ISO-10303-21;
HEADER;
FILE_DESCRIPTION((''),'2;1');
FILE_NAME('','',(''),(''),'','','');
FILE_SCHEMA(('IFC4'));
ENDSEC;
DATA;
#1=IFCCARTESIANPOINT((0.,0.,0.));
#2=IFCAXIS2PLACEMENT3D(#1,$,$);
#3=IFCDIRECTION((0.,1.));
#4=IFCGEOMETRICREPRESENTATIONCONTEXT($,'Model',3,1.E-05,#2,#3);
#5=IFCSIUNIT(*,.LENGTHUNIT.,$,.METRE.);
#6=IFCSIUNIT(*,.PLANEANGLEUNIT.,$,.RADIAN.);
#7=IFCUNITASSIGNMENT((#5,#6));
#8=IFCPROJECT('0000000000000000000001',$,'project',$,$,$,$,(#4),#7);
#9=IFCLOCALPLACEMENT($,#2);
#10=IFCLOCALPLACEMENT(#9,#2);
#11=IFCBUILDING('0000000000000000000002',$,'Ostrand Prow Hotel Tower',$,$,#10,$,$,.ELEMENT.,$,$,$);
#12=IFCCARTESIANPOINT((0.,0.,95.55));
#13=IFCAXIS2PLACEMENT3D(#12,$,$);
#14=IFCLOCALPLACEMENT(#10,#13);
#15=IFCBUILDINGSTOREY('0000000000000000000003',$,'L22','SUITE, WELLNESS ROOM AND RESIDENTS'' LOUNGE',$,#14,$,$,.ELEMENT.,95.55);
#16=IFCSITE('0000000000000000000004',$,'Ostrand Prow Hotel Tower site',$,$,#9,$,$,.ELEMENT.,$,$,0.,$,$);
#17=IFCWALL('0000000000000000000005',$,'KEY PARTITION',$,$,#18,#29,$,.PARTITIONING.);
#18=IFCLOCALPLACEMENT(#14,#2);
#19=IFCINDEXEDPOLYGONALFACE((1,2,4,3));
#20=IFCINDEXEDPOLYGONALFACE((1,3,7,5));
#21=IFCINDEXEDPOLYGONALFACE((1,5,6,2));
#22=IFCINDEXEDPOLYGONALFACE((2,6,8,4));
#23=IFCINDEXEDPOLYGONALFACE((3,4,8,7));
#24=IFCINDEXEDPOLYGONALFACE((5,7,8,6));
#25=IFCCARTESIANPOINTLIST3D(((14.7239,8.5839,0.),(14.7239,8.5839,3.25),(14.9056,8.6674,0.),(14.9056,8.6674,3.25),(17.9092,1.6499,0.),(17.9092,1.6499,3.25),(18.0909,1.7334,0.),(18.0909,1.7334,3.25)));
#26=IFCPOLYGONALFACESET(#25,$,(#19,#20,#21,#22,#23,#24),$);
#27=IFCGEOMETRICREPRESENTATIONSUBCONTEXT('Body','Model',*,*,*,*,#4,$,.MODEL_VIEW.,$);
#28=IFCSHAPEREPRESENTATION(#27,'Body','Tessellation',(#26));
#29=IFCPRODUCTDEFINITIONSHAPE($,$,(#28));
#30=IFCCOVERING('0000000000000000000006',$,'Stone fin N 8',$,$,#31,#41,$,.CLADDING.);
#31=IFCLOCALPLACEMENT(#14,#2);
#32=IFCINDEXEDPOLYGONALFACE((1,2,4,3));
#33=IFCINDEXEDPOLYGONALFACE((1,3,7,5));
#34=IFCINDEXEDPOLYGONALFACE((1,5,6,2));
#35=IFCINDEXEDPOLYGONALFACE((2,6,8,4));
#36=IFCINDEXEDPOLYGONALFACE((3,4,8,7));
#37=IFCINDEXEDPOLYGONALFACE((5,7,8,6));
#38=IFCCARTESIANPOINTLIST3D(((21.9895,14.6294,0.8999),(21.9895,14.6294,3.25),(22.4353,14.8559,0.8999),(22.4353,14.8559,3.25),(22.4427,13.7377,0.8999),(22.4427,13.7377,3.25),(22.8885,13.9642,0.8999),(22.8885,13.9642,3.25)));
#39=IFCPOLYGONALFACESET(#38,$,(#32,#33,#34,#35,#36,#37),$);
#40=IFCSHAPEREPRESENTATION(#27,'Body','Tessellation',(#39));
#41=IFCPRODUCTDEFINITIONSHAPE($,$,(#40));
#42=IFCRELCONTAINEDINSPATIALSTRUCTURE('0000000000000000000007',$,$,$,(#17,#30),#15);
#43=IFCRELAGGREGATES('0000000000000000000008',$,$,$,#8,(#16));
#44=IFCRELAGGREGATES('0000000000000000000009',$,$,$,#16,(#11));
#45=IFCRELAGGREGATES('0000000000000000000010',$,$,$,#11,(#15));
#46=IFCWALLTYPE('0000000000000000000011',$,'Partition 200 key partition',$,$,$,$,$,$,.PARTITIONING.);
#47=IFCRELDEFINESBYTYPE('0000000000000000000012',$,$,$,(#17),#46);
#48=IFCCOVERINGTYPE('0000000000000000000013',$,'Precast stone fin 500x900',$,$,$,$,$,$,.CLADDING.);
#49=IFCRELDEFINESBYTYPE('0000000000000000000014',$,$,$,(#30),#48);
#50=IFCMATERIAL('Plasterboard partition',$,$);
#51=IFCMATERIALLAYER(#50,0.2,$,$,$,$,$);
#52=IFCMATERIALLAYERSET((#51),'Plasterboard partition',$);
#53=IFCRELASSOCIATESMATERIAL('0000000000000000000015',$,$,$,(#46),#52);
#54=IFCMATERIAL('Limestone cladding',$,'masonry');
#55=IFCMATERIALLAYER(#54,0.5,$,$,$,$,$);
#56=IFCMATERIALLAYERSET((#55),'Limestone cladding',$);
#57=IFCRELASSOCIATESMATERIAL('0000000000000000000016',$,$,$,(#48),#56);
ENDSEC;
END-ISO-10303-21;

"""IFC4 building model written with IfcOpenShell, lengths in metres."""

from ifc_helpers import new_model, si_unit, direction, frame, frame_2d, origin, place, context, subcontext, project, spatial, rectangle, extrude, material, layer, layer_set, type_object, element, save


model = new_model("IFC4")

# Units and contexts
model_context = context("Model", 3, precision=1e-05, world=origin(), true_north=direction((0.0, 1.0)))
body_context = subcontext(model_context, "Body", "Model", "MODEL_VIEW")
ifc_project = project(units=[si_unit("LENGTHUNIT", "METRE"), si_unit("PLANEANGLEUNIT", "RADIAN")], contexts=[model_context])

# Site, building, storey
site_placement = place(None, origin())
site = spatial("IfcSite", under=ifc_project, at=site_placement, Name="Ostrand Prow Hotel Tower site", CompositionType="ELEMENT", RefElevation=0.0)
building_placement = place(site_placement, origin())
building = spatial("IfcBuilding", under=site, at=building_placement, Name="Ostrand Prow Hotel Tower", CompositionType="ELEMENT")
storey_placement = place(building_placement, frame((0.0, 0.0, 95.55)))
storey = spatial("IfcBuildingStorey", under=building, at=storey_placement, Name="L22", Description="SUITE, WELLNESS ROOM AND RESIDENTS' LOUNGE", CompositionType="ELEMENT", Elevation=95.55)

# Wall
ifc_material_1 = material(Name="Plasterboard partition")
ifc_layer_1 = layer(ifc_material_1, 0.2)
ifc_layer_set_1 = layer_set([ifc_layer_1], Name="Plasterboard partition")
wall_type_1 = type_object("IfcWallType", Name="Partition 200 key partition", PredefinedType="PARTITIONING", material=ifc_layer_set_1)
wall_1_placement = place(storey_placement, frame((14.8147, 8.6257, 0.0), z_axis=(0.0, 0.0, 1.0), x_axis=(0.417432, -0.908708, 0.0)))
element("IfcWall", 1, at=wall_1_placement, inside=storey, type_object=wall_type_1, Name="KEY PARTITION", PredefinedType="PARTITIONING", context=body_context, shape_type="SweptSolid", body=[
    extrude(rectangle(XDim=7.6306, YDim=0.2, at=frame_2d((3.8154, 0.0))), origin(), (0.0, 0.0, 1.0), 3.25),
])

# Covering
ifc_material_2 = material(Name="Limestone cladding", Category="masonry")
ifc_layer_2 = layer(ifc_material_2, 0.5)
ifc_layer_set_2 = layer_set([ifc_layer_2], Name="Limestone cladding")
covering_type = type_object("IfcCoveringType", Name="Precast stone fin 500x900", PredefinedType="CLADDING", material=ifc_layer_set_2)
covering_placement = place(storey_placement, frame((22.6655, 13.8511, 0.8999), z_axis=(0.0, 0.0, 1.0), x_axis=(-0.453063, 0.891479, 0.0)))
element("IfcCovering", 2, at=covering_placement, inside=storey, type_object=covering_type, Name="Stone fin N 8", PredefinedType="CLADDING", context=body_context, shape_type="SweptSolid", body=[
    extrude(rectangle(XDim=1.0002, YDim=0.5, at=frame_2d((0.5, 0.0))), origin(), (0.0, 0.0, 1.0), 2.3501),
])

save(model, "model.ifc")
